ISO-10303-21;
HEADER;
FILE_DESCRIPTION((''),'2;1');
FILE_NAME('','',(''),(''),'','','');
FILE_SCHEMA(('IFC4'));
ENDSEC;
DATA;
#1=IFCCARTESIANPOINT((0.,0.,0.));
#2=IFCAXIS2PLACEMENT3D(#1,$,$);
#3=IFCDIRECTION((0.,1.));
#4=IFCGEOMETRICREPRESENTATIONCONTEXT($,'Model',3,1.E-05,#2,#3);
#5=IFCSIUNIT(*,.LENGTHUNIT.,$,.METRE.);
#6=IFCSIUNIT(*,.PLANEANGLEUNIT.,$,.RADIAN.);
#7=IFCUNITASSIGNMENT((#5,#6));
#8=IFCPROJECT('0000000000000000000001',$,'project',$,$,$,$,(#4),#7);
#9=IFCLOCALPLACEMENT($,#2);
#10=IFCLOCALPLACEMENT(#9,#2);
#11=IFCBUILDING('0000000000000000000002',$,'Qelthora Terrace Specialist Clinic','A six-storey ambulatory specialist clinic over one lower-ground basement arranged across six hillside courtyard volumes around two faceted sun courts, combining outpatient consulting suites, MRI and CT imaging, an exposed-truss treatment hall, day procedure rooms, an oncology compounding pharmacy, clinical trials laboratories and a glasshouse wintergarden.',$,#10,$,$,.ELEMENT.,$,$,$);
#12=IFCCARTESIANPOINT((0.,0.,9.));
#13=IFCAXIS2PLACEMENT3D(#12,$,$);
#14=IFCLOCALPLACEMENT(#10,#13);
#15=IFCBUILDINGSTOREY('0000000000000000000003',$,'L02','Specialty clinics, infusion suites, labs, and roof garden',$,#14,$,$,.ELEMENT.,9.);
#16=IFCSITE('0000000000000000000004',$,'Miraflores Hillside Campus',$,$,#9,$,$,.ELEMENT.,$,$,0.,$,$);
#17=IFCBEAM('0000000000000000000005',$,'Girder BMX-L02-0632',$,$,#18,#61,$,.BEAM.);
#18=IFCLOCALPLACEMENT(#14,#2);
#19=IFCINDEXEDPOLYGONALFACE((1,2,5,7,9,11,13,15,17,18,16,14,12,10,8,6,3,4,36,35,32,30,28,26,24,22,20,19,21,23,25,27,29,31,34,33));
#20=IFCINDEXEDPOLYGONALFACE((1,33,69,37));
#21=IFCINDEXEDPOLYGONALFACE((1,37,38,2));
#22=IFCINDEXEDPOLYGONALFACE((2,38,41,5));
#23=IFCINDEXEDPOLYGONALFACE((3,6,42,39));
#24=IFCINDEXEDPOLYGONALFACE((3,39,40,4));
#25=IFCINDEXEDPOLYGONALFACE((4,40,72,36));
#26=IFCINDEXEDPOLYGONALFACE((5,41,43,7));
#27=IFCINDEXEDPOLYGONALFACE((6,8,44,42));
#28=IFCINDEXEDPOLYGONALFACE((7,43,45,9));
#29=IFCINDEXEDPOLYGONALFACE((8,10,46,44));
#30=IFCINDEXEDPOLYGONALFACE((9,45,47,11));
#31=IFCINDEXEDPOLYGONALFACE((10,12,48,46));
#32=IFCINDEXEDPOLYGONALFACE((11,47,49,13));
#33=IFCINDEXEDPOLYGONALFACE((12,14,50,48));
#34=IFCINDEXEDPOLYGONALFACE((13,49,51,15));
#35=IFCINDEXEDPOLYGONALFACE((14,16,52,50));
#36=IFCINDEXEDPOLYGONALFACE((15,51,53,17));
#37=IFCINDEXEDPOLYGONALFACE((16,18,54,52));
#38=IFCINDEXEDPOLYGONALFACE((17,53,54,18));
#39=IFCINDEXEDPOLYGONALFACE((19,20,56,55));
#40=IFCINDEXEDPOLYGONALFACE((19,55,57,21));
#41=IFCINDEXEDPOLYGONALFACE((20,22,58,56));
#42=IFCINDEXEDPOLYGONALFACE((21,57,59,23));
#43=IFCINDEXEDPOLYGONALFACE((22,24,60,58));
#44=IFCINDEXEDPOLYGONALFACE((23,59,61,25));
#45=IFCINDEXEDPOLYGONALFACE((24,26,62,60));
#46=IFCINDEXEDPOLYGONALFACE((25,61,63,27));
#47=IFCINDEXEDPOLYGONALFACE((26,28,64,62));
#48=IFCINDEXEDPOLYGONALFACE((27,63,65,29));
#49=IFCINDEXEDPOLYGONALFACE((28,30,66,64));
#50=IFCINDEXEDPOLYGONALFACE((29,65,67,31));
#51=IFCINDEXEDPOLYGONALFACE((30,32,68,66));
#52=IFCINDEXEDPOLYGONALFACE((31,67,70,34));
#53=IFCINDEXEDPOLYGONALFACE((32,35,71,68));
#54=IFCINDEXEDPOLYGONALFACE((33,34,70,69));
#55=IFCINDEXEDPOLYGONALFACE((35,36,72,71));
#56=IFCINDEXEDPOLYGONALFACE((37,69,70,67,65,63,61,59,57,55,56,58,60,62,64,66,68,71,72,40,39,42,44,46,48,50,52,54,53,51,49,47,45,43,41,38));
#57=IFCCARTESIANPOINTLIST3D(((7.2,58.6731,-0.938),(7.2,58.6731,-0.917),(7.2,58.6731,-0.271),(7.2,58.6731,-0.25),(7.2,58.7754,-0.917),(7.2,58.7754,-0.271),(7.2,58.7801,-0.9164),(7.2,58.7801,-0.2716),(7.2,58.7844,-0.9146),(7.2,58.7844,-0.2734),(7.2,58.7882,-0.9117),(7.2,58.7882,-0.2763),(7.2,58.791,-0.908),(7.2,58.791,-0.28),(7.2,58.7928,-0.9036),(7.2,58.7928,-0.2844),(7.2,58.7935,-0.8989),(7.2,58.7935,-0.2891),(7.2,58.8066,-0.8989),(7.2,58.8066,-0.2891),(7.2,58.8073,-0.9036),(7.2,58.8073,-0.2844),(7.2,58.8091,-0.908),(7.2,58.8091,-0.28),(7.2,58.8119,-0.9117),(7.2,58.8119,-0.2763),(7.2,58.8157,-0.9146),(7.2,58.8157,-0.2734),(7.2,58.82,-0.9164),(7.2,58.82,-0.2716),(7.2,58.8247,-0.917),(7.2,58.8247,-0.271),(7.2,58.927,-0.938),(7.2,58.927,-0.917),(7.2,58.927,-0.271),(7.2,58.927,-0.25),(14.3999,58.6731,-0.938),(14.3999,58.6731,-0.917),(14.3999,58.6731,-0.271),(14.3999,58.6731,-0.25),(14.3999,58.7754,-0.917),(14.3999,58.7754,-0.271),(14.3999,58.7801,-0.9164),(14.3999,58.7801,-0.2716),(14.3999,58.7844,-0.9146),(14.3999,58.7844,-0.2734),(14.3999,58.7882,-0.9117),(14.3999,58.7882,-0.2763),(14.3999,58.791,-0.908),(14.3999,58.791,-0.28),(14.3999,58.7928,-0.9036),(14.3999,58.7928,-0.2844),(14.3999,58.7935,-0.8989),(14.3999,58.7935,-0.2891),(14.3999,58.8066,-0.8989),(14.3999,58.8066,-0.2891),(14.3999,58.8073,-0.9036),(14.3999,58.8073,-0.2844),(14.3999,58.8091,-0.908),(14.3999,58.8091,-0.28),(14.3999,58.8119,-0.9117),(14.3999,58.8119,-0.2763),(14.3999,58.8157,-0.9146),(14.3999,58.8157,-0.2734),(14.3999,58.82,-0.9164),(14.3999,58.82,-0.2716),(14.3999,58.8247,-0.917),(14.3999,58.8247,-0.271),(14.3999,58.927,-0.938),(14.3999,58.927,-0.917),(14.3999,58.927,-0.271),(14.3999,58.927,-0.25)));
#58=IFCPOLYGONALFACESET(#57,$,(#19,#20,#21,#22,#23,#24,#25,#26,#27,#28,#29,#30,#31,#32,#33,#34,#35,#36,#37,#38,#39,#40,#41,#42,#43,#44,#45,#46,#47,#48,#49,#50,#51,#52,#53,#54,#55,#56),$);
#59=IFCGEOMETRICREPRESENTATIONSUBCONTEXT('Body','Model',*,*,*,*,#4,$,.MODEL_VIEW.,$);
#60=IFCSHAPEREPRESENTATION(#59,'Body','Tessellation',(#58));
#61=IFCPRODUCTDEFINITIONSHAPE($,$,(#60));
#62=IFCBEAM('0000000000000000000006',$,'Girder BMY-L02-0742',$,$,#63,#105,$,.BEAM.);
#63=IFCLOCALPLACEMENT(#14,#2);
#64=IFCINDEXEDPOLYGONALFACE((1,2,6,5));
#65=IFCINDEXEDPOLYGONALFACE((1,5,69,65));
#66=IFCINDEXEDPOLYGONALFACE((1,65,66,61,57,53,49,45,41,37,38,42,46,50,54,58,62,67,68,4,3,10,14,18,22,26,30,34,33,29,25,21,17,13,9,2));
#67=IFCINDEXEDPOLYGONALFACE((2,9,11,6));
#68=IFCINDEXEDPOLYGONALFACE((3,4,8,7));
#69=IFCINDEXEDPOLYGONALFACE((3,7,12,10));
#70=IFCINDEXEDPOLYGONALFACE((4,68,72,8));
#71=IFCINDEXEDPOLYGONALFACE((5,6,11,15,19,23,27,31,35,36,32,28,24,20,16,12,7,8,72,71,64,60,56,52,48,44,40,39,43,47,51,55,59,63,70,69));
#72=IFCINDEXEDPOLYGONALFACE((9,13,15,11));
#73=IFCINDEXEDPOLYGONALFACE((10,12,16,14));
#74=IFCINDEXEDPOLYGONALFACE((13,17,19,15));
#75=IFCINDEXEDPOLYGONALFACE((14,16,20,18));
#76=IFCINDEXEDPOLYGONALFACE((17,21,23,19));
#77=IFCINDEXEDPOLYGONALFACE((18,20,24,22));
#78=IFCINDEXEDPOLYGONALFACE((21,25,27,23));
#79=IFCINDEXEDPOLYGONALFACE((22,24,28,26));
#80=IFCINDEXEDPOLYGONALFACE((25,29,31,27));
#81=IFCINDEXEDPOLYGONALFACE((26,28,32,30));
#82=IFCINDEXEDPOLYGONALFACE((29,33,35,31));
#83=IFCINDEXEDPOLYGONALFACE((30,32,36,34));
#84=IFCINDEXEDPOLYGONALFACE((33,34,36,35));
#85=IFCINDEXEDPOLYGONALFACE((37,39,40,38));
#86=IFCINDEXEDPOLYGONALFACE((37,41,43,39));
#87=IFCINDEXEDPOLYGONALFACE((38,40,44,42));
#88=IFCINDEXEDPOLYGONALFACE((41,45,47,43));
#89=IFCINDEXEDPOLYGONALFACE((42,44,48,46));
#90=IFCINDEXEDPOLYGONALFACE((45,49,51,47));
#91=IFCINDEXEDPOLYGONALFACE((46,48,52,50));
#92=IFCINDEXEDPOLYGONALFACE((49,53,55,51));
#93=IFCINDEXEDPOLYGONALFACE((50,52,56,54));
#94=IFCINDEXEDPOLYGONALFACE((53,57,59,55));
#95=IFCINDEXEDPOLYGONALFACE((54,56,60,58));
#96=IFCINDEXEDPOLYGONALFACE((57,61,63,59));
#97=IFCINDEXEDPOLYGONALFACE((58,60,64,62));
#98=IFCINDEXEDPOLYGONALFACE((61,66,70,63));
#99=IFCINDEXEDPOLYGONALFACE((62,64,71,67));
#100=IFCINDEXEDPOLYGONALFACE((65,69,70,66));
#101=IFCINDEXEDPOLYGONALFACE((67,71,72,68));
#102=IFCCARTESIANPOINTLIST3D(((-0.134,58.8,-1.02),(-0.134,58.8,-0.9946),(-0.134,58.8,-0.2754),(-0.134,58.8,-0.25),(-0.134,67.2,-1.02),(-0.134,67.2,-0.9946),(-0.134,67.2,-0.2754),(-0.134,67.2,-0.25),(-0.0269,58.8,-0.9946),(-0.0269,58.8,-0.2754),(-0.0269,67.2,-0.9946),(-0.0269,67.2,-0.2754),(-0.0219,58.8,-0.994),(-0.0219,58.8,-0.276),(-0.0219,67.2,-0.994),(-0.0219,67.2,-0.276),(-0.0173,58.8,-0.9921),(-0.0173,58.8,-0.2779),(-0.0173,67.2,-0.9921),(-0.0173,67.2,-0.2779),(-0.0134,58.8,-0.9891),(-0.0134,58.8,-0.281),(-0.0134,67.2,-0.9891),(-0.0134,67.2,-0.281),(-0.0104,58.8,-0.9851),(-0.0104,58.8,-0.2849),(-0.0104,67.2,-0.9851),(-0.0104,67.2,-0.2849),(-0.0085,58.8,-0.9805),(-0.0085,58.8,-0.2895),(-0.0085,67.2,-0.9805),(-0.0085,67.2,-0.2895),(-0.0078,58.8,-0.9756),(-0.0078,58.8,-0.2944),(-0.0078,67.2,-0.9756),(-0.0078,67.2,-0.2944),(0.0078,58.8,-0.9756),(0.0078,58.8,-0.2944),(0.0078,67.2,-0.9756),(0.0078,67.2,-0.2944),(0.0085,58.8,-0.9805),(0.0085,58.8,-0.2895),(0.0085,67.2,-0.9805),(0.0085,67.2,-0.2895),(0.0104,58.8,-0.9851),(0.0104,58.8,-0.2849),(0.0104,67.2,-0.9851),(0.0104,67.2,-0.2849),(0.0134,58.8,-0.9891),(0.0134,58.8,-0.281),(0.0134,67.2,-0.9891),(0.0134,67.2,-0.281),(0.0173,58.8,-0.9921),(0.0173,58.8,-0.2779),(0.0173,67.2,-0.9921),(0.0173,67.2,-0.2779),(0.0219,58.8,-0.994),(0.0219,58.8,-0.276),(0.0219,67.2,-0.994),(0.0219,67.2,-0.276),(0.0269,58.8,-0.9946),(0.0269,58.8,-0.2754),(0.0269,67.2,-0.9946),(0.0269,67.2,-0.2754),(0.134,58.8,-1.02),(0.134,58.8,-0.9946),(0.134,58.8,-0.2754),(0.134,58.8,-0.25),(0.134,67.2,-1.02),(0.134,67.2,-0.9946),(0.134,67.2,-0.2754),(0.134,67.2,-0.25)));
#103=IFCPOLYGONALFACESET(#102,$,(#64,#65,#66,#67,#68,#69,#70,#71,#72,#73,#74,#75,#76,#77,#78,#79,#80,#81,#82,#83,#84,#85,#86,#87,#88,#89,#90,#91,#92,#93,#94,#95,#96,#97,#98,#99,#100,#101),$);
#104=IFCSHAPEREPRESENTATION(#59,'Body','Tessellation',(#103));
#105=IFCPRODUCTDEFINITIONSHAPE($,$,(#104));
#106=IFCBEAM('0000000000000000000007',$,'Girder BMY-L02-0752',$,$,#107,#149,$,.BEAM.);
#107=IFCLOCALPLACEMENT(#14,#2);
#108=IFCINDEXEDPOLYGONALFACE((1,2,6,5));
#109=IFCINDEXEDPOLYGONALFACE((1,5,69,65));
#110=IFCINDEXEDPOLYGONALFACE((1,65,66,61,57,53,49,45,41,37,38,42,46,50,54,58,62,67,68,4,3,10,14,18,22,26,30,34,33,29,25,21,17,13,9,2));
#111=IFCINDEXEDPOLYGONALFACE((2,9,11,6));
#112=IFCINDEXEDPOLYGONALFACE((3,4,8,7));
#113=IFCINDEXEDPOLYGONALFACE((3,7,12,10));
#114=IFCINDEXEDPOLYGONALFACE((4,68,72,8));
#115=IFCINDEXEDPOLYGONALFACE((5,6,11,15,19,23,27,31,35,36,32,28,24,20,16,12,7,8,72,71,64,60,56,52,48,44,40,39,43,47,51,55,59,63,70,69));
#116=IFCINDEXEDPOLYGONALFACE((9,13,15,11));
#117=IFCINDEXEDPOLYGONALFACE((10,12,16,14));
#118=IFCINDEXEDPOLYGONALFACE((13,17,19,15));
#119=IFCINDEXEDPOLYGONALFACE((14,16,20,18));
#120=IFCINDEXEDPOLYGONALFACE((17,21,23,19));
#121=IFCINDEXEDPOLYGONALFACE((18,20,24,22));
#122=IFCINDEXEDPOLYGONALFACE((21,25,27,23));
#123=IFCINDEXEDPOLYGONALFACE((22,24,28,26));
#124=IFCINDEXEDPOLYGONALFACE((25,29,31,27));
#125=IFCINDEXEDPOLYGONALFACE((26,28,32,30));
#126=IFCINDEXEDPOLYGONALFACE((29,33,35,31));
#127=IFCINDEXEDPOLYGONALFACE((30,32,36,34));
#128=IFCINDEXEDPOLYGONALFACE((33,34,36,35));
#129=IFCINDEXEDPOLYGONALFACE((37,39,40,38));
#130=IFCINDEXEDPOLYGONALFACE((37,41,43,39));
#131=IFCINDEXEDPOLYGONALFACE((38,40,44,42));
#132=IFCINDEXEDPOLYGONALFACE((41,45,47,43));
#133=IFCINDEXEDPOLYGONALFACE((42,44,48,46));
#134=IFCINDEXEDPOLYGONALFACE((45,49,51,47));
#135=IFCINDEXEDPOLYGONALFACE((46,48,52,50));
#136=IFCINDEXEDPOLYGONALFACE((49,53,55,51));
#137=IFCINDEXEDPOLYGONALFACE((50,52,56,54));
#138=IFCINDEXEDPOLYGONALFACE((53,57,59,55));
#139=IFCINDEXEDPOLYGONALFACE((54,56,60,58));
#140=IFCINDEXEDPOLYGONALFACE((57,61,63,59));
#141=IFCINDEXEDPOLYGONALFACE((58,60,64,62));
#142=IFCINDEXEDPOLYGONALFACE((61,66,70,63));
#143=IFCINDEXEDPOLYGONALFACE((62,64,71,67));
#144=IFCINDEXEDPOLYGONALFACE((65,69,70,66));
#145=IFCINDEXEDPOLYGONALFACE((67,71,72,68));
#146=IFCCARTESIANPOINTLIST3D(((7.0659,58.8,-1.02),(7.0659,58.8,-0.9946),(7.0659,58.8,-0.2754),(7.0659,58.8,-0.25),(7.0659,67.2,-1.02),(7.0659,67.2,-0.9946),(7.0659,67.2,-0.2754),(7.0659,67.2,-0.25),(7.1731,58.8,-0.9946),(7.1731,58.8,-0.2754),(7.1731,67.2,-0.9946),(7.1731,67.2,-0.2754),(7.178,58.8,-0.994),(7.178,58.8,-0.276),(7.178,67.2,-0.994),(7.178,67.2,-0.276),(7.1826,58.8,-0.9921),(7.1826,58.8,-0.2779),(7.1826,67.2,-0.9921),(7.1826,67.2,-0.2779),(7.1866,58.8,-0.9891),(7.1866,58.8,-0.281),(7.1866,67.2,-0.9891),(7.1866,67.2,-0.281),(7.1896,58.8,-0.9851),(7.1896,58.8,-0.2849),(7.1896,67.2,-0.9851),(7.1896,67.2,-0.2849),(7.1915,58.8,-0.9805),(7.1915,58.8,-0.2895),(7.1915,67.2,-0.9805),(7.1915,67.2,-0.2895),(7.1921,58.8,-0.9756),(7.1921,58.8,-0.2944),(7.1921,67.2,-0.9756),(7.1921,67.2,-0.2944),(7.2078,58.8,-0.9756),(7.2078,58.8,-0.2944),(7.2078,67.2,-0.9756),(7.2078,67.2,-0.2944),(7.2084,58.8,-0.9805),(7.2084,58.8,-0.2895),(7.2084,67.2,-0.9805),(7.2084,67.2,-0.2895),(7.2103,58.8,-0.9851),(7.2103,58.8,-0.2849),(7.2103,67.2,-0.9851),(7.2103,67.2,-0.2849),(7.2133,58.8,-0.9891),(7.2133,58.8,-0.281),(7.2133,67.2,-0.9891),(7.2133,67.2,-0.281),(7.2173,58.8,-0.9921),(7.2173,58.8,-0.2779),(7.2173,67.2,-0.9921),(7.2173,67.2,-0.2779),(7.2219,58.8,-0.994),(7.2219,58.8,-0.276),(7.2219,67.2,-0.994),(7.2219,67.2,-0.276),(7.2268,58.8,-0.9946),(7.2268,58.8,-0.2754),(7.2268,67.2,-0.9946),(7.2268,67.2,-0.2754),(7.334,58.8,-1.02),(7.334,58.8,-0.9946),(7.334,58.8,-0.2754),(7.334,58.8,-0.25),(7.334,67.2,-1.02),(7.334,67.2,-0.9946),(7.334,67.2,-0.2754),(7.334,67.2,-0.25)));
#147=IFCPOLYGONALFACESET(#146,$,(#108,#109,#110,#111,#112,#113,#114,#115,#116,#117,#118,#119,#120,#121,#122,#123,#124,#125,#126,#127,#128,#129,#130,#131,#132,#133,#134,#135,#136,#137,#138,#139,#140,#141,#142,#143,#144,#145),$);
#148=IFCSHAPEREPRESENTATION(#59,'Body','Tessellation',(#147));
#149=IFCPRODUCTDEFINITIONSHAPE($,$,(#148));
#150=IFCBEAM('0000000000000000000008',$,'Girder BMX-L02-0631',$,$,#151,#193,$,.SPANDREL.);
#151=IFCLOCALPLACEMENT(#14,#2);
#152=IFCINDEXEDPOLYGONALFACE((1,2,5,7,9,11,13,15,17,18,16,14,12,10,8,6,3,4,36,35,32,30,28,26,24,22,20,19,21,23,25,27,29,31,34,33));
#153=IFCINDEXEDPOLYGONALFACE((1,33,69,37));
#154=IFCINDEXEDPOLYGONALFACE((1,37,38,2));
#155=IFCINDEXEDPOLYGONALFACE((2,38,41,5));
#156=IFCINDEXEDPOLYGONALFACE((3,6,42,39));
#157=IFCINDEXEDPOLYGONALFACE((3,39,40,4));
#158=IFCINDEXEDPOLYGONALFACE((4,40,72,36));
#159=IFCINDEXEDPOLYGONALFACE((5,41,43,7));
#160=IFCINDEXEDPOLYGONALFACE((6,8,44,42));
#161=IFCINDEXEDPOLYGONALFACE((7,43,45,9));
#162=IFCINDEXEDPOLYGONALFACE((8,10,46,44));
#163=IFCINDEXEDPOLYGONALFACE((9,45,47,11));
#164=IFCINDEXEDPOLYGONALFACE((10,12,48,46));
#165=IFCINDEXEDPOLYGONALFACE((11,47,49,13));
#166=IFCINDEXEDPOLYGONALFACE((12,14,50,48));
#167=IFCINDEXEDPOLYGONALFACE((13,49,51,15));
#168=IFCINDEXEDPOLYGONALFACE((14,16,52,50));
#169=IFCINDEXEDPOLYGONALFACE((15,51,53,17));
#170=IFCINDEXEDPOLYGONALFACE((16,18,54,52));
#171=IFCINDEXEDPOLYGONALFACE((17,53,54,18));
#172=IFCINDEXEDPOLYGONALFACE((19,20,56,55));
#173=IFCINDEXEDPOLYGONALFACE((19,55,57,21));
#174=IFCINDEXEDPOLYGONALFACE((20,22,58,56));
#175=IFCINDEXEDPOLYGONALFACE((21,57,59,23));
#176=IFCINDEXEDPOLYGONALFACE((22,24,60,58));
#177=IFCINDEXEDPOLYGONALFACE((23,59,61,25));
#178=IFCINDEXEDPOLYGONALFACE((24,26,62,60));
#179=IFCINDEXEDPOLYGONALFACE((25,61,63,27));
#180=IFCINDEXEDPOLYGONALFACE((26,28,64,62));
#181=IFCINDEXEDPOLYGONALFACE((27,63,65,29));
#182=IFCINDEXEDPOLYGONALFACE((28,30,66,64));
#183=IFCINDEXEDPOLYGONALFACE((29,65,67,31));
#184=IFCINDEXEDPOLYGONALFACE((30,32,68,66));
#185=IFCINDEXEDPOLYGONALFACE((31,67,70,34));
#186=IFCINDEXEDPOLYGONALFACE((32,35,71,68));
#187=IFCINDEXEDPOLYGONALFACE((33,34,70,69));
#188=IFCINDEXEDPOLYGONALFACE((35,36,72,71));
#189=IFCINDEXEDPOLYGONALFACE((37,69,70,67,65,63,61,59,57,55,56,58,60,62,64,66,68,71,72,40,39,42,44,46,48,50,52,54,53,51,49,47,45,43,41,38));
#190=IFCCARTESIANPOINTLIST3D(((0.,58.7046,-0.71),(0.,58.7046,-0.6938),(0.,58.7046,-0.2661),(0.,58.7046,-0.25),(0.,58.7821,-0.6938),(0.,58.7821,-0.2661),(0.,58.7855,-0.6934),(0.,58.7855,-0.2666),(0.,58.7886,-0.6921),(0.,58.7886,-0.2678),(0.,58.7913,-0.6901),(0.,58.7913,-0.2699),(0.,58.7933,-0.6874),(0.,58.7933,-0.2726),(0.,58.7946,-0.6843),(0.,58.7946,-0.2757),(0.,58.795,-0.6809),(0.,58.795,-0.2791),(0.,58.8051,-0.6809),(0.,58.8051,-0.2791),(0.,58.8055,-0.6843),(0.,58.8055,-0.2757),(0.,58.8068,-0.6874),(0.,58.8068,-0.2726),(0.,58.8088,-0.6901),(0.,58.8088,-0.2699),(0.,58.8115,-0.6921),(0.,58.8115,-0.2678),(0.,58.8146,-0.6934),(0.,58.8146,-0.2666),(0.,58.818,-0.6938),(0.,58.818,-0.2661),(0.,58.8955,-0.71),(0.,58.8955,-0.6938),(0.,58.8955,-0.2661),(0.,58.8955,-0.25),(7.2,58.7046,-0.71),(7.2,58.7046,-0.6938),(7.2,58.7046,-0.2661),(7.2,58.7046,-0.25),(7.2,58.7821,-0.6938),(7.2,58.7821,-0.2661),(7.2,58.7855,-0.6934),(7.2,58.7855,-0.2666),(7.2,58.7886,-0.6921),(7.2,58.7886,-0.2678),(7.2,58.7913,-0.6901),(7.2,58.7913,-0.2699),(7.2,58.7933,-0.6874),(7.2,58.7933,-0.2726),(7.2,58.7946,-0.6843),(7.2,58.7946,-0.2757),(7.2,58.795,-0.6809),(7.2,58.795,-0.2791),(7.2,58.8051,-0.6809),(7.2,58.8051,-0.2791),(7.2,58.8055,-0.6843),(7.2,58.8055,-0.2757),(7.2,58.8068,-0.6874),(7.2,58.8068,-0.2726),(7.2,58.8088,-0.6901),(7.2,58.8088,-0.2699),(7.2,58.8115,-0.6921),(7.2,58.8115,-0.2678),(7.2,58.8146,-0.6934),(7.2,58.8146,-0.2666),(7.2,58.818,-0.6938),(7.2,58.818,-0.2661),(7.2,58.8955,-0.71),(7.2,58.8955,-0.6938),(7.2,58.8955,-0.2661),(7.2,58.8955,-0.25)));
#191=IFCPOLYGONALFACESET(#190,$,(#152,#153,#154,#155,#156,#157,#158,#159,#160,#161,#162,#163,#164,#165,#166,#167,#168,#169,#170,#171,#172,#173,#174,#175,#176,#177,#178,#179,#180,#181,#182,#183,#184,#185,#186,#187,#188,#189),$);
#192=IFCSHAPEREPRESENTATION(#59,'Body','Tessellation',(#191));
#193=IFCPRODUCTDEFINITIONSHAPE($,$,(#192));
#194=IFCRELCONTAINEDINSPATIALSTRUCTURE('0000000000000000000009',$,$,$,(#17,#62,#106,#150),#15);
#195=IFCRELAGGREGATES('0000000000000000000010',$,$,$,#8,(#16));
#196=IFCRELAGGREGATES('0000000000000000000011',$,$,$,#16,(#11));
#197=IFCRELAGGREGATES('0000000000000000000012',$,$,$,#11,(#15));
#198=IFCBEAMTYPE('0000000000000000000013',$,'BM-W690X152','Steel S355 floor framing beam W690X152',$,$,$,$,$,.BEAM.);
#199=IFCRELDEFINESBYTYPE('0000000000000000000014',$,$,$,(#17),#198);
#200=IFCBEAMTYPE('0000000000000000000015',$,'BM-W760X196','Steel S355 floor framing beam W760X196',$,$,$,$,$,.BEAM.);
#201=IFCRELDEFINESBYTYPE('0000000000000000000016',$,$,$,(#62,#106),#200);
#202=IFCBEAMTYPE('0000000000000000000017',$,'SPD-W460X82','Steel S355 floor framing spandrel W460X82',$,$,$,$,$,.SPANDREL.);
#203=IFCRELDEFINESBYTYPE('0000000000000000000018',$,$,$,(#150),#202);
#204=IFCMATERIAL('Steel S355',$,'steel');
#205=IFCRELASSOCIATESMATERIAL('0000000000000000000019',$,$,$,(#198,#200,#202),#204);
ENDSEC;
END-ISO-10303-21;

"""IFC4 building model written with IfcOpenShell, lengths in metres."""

from ifc_helpers import new_model, si_unit, direction, frame, origin, origin_2d, place, context, subcontext, project, spatial, i_section, extrude, material, material_profile, profile_set, type_object, element, save


model = new_model("IFC4")

# Units and contexts
model_context = context("Model", 3, precision=1e-05, world=origin(), true_north=direction((0.0, 1.0)))
body_context = subcontext(model_context, "Body", "Model", "MODEL_VIEW")
ifc_project = project(units=[si_unit("LENGTHUNIT", "METRE"), si_unit("PLANEANGLEUNIT", "RADIAN")], contexts=[model_context])

# Site, building, storey
site_placement = place(None, origin())
site = spatial("IfcSite", under=ifc_project, at=site_placement, Name="Miraflores Hillside Campus", CompositionType="ELEMENT", RefElevation=0.0)
building_placement = place(site_placement, origin())
building = spatial("IfcBuilding", under=site, at=building_placement, Name="Qelthora Terrace Specialist Clinic", Description="A six-storey ambulatory specialist clinic over one lower-ground basement arranged across six hillside courtyard volumes around two faceted sun courts, combining outpatient consulting suites, MRI and CT imaging, an exposed-truss treatment hall, day procedure rooms, an oncology compounding pharmacy, clinical trials laboratories and a glasshouse wintergarden.", CompositionType="ELEMENT")
storey_placement = place(building_placement, frame((0.0, 0.0, 9.0)))
storey = spatial("IfcBuildingStorey", under=building, at=storey_placement, Name="L02", Description="Specialty clinics, infusion suites, labs, and roof garden", CompositionType="ELEMENT", Elevation=9.0)

# Shared definitions
ifc_material_1 = material(Name="Steel S355", Category="steel")

# Beams
ifc_material_profile_1 = material_profile(ifc_material_1, i_section(OverallWidth=0.2539, OverallDepth=0.688, WebThickness=0.0132, FlangeThickness=0.021, FilletRadius=0.0181, at=origin_2d()), Name="W690X152")
ifc_profile_set_1 = profile_set([ifc_material_profile_1], Name="Steel S355")
beam_type_1 = type_object("IfcBeamType", Name="BM-W690X152", Description="Steel S355 floor framing beam W690X152", PredefinedType="BEAM", material=ifc_profile_set_1)
beam_1_placement = place(storey_placement, frame((7.2, 58.8, -0.594), z_axis=(1.0, 0.0, 0.0), x_axis=(0.0, 1.0, 0.0)))
element("IfcBeam", 1, at=beam_1_placement, inside=storey, type_object=beam_type_1, Name="Girder BMX-L02-0632", PredefinedType="BEAM", context=body_context, shape_type="SweptSolid", body=[
    extrude(i_section(OverallWidth=0.2539, OverallDepth=0.688, WebThickness=0.0132, FlangeThickness=0.021, FilletRadius=0.0181, at=origin_2d()), origin(), (0.0, 0.0, 1.0), 7.2),
])
ifc_material_profile_2 = material_profile(ifc_material_1, i_section(OverallWidth=0.2681, OverallDepth=0.77, WebThickness=0.0156, FlangeThickness=0.0254, FilletRadius=0.019, at=origin_2d()), Name="W760X196")
ifc_profile_set_2 = profile_set([ifc_material_profile_2], Name="Steel S355")
beam_type_2 = type_object("IfcBeamType", Name="BM-W760X196", Description="Steel S355 floor framing beam W760X196", PredefinedType="BEAM", material=ifc_profile_set_2)
for number, where, z_axis, x_axis, name in (
    (2, (0.0, 58.8, -0.635), (0.0, 1.0, 0.0), (-1.0, 0.0, 0.0), "Girder BMY-L02-0742"),
    (3, (7.2, 58.8, -0.635), (0.0, 1.0, 0.0), (-1.0, 0.0, 0.0), "Girder BMY-L02-0752"),
):
    element("IfcBeam", number, at=place(storey_placement, frame(where, z_axis=z_axis, x_axis=x_axis)), inside=storey, type_object=beam_type_2, Name=name, PredefinedType="BEAM", context=body_context, shape_type="SweptSolid", body=[
        extrude(i_section(OverallWidth=0.2681, OverallDepth=0.77, WebThickness=0.0156, FlangeThickness=0.0254, FilletRadius=0.019, at=origin_2d()), origin(), (0.0, 0.0, 1.0), 8.3999),
    ])
ifc_material_profile_3 = material_profile(ifc_material_1, i_section(OverallWidth=0.1909, OverallDepth=0.46, WebThickness=0.01, FlangeThickness=0.0161, FilletRadius=0.0129, at=origin_2d()), Name="W460X82")
ifc_profile_set_3 = profile_set([ifc_material_profile_3], Name="Steel S355")
beam_type_3 = type_object("IfcBeamType", Name="SPD-W460X82", Description="Steel S355 floor framing spandrel W460X82", PredefinedType="SPANDREL", material=ifc_profile_set_3)
beam_2_placement = place(storey_placement, frame((0.0, 58.8, -0.48), z_axis=(1.0, 0.0, 0.0), x_axis=(0.0, 1.0, 0.0)))
element("IfcBeam", 4, at=beam_2_placement, inside=storey, type_object=beam_type_3, Name="Girder BMX-L02-0631", PredefinedType="SPANDREL", context=body_context, shape_type="SweptSolid", body=[
    extrude(i_section(OverallWidth=0.1909, OverallDepth=0.46, WebThickness=0.01, FlangeThickness=0.0161, FilletRadius=0.0129, at=origin_2d()), origin(), (0.0, 0.0, 1.0), 7.2),
])

save(model, "model.ifc")
